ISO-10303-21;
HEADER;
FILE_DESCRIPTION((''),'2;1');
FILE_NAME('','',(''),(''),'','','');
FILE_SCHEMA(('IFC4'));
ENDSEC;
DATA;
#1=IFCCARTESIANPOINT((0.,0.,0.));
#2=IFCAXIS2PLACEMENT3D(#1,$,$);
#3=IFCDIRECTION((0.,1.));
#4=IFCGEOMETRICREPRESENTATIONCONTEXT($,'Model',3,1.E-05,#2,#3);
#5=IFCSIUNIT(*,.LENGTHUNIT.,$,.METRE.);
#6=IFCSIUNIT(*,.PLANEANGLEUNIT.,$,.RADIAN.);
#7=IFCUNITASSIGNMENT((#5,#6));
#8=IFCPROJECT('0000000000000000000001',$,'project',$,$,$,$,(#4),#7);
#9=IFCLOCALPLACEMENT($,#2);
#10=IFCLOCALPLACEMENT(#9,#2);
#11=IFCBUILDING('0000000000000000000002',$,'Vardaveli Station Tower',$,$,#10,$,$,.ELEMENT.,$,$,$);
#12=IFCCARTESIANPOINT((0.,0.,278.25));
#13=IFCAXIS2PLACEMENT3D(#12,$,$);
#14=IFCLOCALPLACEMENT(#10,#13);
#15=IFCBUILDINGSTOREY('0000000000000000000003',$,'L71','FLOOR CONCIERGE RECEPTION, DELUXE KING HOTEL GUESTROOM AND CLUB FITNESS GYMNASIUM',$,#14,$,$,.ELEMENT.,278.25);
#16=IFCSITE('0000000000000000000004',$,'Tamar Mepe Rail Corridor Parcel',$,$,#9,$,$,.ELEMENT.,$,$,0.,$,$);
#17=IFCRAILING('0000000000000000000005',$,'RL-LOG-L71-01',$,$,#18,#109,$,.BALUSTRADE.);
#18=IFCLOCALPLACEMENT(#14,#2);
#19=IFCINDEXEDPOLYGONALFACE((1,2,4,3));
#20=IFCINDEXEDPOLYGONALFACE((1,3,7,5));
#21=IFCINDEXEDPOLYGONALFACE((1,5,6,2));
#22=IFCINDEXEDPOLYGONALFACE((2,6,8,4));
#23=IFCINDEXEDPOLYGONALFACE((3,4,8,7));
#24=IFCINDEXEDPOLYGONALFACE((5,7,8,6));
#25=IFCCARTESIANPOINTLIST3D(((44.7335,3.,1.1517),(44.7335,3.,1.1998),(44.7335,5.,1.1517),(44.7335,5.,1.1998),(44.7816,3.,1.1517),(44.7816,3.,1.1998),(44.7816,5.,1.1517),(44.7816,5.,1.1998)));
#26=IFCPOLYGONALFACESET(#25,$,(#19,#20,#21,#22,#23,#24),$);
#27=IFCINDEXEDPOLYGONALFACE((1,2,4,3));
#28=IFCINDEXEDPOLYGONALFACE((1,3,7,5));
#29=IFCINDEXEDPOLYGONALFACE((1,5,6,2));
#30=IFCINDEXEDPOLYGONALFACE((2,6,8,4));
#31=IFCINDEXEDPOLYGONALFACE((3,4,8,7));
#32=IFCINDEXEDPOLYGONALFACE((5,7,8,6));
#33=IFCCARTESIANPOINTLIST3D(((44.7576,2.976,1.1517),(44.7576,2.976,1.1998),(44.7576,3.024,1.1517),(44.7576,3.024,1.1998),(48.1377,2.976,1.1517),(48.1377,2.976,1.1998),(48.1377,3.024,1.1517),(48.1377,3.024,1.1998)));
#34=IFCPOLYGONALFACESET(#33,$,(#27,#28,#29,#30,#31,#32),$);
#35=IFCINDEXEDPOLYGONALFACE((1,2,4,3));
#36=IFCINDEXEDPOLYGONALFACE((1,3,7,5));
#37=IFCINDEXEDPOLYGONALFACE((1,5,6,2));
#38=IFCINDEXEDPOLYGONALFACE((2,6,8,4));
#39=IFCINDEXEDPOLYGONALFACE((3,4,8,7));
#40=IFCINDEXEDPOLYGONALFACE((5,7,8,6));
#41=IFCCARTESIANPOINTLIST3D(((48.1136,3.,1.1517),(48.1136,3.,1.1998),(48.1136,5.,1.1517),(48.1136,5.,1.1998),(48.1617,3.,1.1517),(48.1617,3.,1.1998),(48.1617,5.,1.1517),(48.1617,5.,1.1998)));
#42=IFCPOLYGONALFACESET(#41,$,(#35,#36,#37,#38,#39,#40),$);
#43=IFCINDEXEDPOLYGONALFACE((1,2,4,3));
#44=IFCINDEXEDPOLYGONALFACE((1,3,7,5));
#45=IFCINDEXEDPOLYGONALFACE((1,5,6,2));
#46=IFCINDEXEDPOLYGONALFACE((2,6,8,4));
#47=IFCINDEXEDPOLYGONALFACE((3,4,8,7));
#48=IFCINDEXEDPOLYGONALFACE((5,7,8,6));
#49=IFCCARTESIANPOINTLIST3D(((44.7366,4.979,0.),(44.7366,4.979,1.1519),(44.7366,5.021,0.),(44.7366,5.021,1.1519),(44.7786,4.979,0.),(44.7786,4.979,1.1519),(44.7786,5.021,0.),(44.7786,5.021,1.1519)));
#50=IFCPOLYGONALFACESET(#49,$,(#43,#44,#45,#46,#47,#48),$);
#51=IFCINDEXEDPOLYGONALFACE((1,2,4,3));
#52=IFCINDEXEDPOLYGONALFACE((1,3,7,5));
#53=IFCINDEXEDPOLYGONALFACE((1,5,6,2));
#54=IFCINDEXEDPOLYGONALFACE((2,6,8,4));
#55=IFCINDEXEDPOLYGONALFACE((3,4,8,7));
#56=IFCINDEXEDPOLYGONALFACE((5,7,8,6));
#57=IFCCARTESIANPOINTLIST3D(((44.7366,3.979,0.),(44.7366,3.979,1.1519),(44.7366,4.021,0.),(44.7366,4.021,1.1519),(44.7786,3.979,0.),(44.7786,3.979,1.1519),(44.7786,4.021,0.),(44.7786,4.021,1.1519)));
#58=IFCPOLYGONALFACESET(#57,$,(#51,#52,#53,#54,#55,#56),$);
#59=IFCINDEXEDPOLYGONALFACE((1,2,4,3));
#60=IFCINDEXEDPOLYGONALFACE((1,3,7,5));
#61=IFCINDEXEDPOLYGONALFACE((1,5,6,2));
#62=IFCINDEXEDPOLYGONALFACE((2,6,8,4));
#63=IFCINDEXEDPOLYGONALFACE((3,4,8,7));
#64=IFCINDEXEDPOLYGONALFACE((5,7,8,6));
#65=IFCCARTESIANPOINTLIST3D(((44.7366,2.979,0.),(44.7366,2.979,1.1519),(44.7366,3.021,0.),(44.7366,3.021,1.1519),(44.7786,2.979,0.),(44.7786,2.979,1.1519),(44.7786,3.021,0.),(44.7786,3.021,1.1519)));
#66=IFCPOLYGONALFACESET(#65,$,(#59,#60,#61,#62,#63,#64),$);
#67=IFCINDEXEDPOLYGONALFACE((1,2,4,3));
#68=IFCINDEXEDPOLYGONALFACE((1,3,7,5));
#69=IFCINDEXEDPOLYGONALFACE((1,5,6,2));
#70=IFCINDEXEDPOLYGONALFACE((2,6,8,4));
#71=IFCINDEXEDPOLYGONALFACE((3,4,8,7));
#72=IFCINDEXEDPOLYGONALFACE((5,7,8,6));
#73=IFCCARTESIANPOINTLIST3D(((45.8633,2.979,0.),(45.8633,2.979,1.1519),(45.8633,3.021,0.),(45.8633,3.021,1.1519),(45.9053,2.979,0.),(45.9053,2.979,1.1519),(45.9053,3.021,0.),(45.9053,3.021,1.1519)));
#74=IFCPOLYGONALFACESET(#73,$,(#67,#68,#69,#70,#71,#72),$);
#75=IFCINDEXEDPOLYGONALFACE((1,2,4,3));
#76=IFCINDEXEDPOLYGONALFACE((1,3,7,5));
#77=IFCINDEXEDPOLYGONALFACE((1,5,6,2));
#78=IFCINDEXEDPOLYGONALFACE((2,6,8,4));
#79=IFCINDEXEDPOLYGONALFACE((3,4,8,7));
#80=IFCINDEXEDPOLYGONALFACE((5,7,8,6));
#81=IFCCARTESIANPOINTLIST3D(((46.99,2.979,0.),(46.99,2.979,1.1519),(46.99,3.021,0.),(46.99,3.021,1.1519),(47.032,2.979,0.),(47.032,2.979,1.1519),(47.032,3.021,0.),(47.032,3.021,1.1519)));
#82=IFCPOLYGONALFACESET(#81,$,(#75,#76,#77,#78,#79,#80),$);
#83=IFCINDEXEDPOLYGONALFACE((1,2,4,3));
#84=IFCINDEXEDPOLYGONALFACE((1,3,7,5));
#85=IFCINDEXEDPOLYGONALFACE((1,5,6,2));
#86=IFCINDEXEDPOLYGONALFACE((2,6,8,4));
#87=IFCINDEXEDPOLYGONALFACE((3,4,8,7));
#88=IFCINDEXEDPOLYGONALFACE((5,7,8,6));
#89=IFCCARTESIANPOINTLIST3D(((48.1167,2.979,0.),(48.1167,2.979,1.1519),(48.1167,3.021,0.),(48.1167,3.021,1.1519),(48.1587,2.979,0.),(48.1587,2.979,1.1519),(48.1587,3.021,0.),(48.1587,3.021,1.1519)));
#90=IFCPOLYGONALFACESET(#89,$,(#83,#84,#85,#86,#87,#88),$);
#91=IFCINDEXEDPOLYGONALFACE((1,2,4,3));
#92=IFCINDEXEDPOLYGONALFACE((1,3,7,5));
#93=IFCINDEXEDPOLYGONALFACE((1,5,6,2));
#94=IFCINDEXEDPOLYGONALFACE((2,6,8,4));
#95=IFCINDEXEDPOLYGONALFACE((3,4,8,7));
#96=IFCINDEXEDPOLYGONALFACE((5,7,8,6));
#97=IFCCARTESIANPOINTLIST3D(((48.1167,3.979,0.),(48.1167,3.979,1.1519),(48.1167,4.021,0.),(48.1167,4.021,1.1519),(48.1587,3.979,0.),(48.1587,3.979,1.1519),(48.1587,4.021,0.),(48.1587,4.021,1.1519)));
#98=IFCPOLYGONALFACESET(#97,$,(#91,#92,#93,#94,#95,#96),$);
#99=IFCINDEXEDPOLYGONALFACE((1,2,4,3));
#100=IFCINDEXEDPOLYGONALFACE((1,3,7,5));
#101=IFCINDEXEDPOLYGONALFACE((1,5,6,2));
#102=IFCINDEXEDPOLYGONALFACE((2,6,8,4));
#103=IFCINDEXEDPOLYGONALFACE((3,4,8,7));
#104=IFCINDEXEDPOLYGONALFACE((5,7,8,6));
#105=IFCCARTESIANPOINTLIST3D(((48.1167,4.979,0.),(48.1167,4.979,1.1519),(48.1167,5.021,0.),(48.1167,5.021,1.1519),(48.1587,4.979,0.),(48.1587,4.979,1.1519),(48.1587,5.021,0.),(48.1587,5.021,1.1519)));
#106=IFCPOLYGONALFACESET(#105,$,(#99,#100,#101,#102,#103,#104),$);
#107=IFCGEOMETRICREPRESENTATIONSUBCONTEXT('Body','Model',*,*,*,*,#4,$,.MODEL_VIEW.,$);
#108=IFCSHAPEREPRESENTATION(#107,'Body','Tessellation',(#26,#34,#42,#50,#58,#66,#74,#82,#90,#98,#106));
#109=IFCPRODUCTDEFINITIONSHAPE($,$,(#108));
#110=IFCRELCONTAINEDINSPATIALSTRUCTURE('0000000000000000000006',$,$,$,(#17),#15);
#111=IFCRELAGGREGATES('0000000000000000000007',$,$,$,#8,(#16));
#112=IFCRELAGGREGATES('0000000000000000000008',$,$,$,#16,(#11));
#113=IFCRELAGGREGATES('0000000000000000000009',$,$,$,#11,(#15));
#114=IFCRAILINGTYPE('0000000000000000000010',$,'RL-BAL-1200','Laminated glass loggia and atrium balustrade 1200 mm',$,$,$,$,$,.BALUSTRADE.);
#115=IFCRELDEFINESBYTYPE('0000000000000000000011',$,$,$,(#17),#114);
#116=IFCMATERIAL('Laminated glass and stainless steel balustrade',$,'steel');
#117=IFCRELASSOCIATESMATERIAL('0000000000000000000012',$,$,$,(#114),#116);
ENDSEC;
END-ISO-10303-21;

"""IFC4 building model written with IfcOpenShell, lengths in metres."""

from ifc_helpers import new_model, si_unit, direction, frame, origin, origin_2d, place, context, subcontext, project, spatial, rectangle, extrude, source, transform, mapped, material, type_object, element, save


model = new_model("IFC4")

# Units and contexts
model_context = context("Model", 3, precision=1e-05, world=origin(), true_north=direction((0.0, 1.0)))
body_context = subcontext(model_context, "Body", "Model", "MODEL_VIEW")
ifc_project = project(units=[si_unit("LENGTHUNIT", "METRE"), si_unit("PLANEANGLEUNIT", "RADIAN")], contexts=[model_context])

# Site, building, storey
site_placement = place(None, origin())
site = spatial("IfcSite", under=ifc_project, at=site_placement, Name="Tamar Mepe Rail Corridor Parcel", CompositionType="ELEMENT", RefElevation=0.0)
building_placement = place(site_placement, origin())
building = spatial("IfcBuilding", under=site, at=building_placement, Name="Vardaveli Station Tower", CompositionType="ELEMENT")
storey_placement = place(building_placement, frame((0.0, 0.0, 278.25)))
storey = spatial("IfcBuildingStorey", under=building, at=storey_placement, Name="L71", Description="FLOOR CONCIERGE RECEPTION, DELUXE KING HOTEL GUESTROOM AND CLUB FITNESS GYMNASIUM", CompositionType="ELEMENT", Elevation=278.25)

# Railing
ifc_material_1 = material(Name="Laminated glass and stainless steel balustrade", Category="steel")
railing_type = type_object("IfcRailingType", Name="RL-BAL-1200", Description="Laminated glass loggia and atrium balustrade 1200 mm", PredefinedType="BALUSTRADE", material=ifc_material_1)
shared_shape_1 = source(origin(), body_context, "Body", "SweptSolid", [
    extrude(rectangle(XDim=0.0481, YDim=0.0481, at=origin_2d()), frame((0.0, 0.0, 1.1758), z_axis=(0.0, -1.0, 0.0), x_axis=(1.0, 0.0, 0.0)), (0.0, 0.0, 1.0), 2.0),
    extrude(rectangle(XDim=0.0481, YDim=0.0481, at=origin_2d()), frame((0.0, -2.0, 1.1758), z_axis=(1.0, 0.0, 0.0), x_axis=(0.0, 1.0, 0.0)), (0.0, 0.0, 1.0), 3.3801),
    extrude(rectangle(XDim=0.0481, YDim=0.0481, at=origin_2d()), frame((3.3801, -2.0, 1.1758), z_axis=(0.0, 1.0, 0.0), x_axis=(-1.0, 0.0, 0.0)), (0.0, 0.0, 1.0), 2.0),
    extrude(rectangle(XDim=0.042, YDim=0.042, at=origin_2d()), origin(), (0.0, 0.0, 1.0), 1.1519),
    extrude(rectangle(XDim=0.042, YDim=0.042, at=origin_2d()), frame((0.0, -1.0, 0.0)), (0.0, 0.0, 1.0), 1.1519),
    extrude(rectangle(XDim=0.042, YDim=0.042, at=origin_2d()), frame((0.0, -2.0, 0.0)), (0.0, 0.0, 1.0), 1.1519),
    extrude(rectangle(XDim=0.042, YDim=0.042, at=origin_2d()), frame((1.1267, -2.0, 0.0)), (0.0, 0.0, 1.0), 1.1519),
    extrude(rectangle(XDim=0.042, YDim=0.042, at=origin_2d()), frame((2.2534, -2.0, 0.0)), (0.0, 0.0, 1.0), 1.1519),
    extrude(rectangle(XDim=0.042, YDim=0.042, at=origin_2d()), frame((3.3801, -2.0, 0.0)), (0.0, 0.0, 1.0), 1.1519),
    extrude(rectangle(XDim=0.042, YDim=0.042, at=origin_2d()), frame((3.3801, -1.0, 0.0)), (0.0, 0.0, 1.0), 1.1519),
    extrude(rectangle(XDim=0.042, YDim=0.042, at=origin_2d()), frame((3.3801, 0.0, 0.0)), (0.0, 0.0, 1.0), 1.1519),
])
railing_placement = place(storey_placement, frame((44.7576, 5.0, 0.0)))
element("IfcRailing", 1, at=railing_placement, inside=storey, type_object=railing_type, Name="RL-LOG-L71-01", PredefinedType="BALUSTRADE", context=body_context, shape_type="MappedRepresentation", body=[
    mapped(shared_shape_1, transform((0.0, 0.0, 0.0), scale=1.0)),
])

save(model, "model.ifc")
